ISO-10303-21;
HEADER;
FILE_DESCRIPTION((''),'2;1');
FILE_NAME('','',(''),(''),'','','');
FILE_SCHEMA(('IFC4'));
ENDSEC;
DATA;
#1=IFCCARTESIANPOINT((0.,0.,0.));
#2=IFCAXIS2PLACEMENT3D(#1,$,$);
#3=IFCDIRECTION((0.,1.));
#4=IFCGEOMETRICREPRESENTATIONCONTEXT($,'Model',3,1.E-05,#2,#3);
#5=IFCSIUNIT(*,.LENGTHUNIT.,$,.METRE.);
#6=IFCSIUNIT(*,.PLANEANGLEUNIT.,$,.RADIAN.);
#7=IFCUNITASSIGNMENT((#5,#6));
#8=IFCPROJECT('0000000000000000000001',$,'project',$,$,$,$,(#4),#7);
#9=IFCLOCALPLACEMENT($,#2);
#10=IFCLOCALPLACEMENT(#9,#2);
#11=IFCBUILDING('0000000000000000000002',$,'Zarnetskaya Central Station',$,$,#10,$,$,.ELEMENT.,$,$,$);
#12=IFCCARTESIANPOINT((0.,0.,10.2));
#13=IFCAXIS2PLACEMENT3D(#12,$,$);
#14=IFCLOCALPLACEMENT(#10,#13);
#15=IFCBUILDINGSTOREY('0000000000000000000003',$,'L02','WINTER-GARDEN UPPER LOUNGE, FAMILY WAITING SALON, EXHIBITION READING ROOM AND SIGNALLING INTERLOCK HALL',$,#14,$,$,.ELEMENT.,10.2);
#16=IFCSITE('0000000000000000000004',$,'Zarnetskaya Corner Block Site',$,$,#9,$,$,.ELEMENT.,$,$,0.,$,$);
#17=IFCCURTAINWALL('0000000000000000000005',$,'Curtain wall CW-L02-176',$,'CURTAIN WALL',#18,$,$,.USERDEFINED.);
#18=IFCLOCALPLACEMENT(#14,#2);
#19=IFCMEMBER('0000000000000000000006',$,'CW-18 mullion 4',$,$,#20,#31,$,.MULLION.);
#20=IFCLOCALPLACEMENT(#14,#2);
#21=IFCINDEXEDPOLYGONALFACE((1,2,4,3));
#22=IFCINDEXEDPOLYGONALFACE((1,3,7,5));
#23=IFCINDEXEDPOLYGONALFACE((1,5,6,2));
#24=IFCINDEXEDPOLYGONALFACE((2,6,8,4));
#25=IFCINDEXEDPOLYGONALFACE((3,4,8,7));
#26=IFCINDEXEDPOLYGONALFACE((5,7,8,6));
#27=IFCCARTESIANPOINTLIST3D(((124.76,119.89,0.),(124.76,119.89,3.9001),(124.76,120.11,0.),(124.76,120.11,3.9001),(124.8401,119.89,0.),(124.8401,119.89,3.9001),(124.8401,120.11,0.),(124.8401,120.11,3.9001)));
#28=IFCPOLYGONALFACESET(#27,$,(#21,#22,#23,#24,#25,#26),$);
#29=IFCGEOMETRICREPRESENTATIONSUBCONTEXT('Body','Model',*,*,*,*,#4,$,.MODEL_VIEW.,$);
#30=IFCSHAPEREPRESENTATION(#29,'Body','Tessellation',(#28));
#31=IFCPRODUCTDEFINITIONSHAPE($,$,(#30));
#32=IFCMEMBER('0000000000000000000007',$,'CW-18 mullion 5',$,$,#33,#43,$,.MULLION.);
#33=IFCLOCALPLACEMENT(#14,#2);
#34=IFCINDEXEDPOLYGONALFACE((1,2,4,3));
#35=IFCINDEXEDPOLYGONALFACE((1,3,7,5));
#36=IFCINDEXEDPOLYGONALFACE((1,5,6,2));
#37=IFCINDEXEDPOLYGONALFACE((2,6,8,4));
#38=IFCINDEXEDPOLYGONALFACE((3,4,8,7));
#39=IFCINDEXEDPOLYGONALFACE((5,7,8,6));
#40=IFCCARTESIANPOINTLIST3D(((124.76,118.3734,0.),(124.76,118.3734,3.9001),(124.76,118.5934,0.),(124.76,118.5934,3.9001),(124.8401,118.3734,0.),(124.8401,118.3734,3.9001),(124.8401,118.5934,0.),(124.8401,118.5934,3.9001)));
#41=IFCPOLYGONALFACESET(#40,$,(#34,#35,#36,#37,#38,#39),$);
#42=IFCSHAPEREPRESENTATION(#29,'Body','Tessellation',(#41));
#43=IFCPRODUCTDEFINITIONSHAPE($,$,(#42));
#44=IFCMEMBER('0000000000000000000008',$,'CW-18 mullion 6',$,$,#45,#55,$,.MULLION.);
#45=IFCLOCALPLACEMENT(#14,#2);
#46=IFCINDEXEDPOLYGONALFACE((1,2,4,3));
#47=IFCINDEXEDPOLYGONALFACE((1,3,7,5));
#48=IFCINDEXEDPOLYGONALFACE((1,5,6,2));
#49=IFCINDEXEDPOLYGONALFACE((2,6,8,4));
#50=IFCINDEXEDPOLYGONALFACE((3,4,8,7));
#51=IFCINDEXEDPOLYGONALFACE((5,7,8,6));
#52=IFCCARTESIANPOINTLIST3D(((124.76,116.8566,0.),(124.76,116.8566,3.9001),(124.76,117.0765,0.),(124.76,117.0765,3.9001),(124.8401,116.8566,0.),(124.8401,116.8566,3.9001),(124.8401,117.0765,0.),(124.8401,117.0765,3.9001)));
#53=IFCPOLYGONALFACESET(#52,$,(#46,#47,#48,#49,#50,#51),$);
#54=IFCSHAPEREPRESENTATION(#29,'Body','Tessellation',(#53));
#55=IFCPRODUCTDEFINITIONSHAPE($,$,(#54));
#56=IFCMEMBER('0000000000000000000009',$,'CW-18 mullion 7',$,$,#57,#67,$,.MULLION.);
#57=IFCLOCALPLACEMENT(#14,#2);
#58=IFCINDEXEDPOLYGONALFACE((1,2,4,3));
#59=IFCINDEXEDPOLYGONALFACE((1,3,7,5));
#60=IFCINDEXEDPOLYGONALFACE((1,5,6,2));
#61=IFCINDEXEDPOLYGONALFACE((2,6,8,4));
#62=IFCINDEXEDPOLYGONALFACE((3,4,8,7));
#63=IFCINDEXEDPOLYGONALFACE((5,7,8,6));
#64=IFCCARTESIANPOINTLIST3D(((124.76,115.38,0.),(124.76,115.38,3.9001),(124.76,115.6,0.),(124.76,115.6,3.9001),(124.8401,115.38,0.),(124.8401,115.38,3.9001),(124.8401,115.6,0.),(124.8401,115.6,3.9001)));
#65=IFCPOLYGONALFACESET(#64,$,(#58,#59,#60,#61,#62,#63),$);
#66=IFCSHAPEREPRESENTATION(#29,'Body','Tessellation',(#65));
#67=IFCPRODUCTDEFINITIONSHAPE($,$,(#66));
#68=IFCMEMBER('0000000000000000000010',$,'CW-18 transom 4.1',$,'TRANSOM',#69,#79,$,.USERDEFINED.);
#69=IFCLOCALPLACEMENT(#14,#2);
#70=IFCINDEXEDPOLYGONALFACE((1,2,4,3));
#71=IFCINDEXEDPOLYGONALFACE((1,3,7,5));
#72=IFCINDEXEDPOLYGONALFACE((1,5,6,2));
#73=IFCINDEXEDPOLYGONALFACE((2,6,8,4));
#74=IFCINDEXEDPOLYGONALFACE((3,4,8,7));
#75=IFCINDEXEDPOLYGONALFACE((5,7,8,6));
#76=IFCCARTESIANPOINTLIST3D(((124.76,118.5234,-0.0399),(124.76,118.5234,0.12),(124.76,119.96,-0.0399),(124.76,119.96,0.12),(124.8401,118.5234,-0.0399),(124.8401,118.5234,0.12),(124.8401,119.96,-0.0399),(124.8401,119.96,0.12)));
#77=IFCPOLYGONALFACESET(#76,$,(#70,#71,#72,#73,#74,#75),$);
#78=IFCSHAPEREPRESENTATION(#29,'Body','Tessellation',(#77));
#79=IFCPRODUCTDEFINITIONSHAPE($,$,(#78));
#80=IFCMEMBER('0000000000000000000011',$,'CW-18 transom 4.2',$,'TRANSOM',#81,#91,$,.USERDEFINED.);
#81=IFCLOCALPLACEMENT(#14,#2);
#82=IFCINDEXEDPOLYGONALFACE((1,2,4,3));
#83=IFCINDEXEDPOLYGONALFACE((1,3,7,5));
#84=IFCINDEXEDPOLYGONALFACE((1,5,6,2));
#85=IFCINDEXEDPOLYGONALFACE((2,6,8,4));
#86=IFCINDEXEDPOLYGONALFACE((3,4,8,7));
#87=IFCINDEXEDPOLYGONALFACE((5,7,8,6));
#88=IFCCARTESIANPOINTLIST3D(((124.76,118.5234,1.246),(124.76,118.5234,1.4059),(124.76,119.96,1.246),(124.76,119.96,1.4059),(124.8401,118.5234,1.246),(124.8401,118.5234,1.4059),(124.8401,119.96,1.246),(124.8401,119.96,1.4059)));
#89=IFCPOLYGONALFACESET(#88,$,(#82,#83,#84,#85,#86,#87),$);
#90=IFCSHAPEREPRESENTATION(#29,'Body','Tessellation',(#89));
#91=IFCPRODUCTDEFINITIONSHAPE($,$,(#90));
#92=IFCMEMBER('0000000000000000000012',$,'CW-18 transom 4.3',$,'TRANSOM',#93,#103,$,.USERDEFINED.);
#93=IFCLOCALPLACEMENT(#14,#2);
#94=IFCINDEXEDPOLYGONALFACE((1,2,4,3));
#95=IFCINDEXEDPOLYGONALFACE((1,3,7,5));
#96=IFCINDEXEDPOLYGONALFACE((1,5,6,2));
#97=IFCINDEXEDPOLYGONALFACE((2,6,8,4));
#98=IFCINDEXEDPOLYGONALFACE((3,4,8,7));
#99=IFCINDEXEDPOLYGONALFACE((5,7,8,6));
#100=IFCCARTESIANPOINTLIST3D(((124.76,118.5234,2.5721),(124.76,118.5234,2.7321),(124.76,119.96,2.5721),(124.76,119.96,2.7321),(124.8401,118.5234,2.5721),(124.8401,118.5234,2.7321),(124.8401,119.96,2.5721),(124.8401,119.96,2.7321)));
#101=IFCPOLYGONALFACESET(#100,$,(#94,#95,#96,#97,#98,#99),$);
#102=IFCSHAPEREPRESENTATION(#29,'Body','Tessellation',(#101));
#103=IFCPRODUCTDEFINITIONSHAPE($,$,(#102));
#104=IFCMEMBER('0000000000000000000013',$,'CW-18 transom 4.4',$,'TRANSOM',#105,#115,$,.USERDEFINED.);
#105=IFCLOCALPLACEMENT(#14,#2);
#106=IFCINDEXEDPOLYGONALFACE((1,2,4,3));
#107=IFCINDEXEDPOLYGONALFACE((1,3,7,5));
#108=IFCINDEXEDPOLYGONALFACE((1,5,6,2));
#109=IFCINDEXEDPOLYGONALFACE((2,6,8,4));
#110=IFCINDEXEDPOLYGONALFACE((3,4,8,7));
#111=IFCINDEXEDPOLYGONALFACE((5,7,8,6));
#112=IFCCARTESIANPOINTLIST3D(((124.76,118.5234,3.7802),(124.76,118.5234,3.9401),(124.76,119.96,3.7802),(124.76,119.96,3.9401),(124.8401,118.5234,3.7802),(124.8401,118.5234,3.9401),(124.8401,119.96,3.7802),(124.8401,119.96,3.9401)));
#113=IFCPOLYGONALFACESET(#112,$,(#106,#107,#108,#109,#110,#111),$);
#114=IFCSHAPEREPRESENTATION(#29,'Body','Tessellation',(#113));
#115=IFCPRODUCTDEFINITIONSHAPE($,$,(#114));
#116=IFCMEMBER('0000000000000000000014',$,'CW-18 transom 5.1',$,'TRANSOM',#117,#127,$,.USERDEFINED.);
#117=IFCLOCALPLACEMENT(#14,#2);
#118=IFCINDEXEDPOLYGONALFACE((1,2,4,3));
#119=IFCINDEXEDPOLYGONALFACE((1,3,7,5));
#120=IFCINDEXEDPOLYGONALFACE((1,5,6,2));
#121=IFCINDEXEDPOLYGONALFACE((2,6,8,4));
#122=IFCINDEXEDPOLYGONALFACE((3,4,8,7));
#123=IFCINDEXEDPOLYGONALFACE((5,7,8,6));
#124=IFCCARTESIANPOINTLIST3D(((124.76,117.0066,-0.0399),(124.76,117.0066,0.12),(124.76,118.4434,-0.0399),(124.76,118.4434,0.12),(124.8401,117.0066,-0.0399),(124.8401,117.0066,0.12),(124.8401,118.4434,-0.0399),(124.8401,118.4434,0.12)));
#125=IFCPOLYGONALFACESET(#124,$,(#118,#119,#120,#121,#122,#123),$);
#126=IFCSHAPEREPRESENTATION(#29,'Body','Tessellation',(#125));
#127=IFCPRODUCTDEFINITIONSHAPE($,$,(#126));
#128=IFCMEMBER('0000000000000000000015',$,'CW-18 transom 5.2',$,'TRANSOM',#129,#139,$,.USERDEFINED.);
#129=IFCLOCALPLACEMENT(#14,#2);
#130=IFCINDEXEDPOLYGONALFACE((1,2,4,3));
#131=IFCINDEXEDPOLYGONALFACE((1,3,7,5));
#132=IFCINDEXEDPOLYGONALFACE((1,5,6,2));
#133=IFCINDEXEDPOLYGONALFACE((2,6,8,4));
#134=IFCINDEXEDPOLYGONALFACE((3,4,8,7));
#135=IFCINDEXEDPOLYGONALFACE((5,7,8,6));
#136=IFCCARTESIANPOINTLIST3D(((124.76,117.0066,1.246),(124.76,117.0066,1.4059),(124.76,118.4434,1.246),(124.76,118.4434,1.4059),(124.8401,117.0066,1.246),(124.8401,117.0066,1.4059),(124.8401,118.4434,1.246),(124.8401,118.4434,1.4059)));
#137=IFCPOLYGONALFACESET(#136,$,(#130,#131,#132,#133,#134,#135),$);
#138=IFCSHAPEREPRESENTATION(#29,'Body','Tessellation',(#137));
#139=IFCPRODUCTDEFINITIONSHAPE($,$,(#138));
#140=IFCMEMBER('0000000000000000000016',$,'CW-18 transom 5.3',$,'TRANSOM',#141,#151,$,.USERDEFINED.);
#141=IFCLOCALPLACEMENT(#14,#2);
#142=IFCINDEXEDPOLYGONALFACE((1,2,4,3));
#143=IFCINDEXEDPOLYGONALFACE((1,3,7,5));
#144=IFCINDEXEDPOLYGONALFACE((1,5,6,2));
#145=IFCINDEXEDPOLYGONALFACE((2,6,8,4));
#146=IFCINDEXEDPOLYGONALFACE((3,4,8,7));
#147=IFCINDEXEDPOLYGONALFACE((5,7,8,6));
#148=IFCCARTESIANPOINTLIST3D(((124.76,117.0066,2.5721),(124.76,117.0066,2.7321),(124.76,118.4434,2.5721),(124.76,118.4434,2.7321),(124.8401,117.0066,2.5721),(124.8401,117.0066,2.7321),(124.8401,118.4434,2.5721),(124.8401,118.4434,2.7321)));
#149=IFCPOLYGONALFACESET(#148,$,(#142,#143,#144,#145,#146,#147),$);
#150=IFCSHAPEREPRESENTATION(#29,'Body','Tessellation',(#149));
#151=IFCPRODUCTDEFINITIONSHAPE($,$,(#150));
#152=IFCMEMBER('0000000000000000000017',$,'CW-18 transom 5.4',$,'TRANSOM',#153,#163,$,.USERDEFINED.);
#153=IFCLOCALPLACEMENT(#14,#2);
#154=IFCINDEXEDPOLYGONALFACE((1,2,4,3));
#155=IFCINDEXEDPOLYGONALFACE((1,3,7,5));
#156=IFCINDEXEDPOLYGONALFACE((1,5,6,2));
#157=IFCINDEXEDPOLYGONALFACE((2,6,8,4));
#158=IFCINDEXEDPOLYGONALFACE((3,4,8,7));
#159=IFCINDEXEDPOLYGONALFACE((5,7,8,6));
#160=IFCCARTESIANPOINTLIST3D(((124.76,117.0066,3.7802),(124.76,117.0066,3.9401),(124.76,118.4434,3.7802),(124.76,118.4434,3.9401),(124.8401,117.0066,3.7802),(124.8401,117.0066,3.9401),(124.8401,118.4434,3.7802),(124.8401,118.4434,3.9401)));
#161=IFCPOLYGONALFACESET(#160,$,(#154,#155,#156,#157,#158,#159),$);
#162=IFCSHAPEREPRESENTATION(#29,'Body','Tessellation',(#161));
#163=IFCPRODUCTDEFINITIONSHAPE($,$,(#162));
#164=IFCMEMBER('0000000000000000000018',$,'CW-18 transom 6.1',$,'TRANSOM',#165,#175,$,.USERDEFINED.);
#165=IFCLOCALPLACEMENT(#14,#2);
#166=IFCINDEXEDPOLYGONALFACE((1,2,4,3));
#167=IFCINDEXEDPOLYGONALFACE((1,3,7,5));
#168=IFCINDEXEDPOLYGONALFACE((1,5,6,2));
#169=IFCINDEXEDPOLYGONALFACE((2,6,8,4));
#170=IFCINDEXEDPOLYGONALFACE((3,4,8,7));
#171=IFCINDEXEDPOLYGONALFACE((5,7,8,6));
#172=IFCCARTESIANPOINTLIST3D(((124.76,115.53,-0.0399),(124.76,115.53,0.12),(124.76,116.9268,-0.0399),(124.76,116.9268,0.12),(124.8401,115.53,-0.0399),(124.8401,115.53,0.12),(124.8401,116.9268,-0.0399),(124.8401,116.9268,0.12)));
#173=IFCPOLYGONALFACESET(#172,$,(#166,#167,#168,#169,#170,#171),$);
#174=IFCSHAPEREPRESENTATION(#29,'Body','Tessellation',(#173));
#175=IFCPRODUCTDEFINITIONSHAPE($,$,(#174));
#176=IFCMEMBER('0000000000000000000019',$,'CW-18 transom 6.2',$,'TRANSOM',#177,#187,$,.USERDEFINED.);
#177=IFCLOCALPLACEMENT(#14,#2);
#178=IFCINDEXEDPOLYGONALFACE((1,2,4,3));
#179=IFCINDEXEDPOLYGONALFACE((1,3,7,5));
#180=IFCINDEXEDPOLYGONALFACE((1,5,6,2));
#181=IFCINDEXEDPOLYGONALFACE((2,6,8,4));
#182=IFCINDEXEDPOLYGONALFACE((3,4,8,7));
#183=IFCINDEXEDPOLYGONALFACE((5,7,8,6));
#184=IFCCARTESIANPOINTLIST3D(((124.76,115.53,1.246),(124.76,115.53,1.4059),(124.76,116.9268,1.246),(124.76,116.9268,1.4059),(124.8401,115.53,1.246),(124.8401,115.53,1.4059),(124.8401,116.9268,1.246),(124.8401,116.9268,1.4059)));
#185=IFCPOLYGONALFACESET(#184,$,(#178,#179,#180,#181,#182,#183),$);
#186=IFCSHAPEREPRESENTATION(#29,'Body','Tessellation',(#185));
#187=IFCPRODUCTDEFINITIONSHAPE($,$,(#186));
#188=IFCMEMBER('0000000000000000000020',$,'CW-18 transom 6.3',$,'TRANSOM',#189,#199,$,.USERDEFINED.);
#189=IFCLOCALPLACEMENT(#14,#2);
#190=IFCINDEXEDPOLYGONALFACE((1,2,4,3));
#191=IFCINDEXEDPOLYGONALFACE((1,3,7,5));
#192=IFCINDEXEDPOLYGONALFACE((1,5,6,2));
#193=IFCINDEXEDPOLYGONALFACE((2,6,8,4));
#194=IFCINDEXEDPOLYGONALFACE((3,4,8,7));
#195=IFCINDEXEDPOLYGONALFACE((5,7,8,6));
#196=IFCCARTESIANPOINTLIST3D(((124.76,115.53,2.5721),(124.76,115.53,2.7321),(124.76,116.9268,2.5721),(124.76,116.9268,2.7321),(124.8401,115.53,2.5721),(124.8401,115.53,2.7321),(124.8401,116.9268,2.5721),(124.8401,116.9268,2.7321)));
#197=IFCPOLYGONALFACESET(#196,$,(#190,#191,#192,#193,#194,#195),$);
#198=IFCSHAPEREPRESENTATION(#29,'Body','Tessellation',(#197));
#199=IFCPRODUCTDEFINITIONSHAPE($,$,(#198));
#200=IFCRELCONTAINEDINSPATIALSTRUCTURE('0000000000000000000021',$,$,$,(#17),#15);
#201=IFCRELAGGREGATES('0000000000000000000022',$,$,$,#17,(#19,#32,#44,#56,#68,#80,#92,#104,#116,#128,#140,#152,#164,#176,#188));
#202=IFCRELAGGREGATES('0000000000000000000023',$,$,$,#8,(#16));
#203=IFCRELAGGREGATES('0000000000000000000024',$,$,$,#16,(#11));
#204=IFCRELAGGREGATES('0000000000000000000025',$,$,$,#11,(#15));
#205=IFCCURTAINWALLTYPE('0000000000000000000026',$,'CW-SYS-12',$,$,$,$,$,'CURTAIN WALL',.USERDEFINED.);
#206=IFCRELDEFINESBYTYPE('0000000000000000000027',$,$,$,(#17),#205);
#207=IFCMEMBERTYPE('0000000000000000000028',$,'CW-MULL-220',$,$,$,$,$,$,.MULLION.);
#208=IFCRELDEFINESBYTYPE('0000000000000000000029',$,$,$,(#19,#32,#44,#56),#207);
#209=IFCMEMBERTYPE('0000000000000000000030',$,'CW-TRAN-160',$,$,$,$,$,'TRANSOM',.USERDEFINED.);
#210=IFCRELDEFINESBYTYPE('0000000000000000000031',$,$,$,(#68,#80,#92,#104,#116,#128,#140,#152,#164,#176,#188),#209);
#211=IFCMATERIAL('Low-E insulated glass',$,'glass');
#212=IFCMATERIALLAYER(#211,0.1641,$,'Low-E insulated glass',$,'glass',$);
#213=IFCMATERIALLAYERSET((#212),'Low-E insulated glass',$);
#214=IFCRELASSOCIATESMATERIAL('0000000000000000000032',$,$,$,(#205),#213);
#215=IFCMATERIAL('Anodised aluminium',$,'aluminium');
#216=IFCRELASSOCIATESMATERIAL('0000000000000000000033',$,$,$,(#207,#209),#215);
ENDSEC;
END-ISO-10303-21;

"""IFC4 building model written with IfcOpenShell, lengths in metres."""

from ifc_helpers import new_model, si_unit, direction, frame, origin, origin_2d, place, context, subcontext, project, spatial, rectangle, extrude, material, layer, layer_set, material_profile, profile_set, type_object, element, aggregate, save


model = new_model("IFC4")

# Units and contexts
model_context = context("Model", 3, precision=1e-05, world=origin(), true_north=direction((0.0, 1.0)))
body_context = subcontext(model_context, "Body", "Model", "MODEL_VIEW")
ifc_project = project(units=[si_unit("LENGTHUNIT", "METRE"), si_unit("PLANEANGLEUNIT", "RADIAN")], contexts=[model_context])

# Site, building, storey
site_placement = place(None, origin())
site = spatial("IfcSite", under=ifc_project, at=site_placement, Name="Zarnetskaya Corner Block Site", CompositionType="ELEMENT", RefElevation=0.0)
building_placement = place(site_placement, origin())
building = spatial("IfcBuilding", under=site, at=building_placement, Name="Zarnetskaya Central Station", CompositionType="ELEMENT")
storey_placement = place(building_placement, frame((0.0, 0.0, 10.2)))
storey = spatial("IfcBuildingStorey", under=building, at=storey_placement, Name="L02", Description="WINTER-GARDEN UPPER LOUNGE, FAMILY WAITING SALON, EXHIBITION READING ROOM AND SIGNALLING INTERLOCK HALL", CompositionType="ELEMENT", Elevation=10.2)

# Curtain wall, members
ifc_material_1 = material(Name="Low-E insulated glass", Category="glass")
ifc_layer_1 = layer(ifc_material_1, 0.1641, Name="Low-E insulated glass", Category="glass")
ifc_layer_set_1 = layer_set([ifc_layer_1], Name="Low-E insulated glass")
curtain_wall_type = type_object("IfcCurtainWallType", Name="CW-SYS-12", ElementType="CURTAIN WALL", PredefinedType="USERDEFINED", material=ifc_layer_set_1)
curtain_wall_placement = place(storey_placement, origin())
curtain_wall = element("IfcCurtainWall", 1, at=curtain_wall_placement, inside=storey, type_object=curtain_wall_type, Name="Curtain wall CW-L02-176", ObjectType="CURTAIN WALL", PredefinedType="USERDEFINED")
ifc_material_2 = material(Name="Anodised aluminium", Category="aluminium")
ifc_material_profile_1 = material_profile(ifc_material_2, rectangle(XDim=0.0801, YDim=0.22, at=origin_2d()), Name="ALU MULL 80x220")
ifc_profile_set_1 = profile_set([ifc_material_profile_1], Name="Anodised aluminium")
member_type_1 = type_object("IfcMemberType", Name="CW-MULL-220", PredefinedType="MULLION", material=ifc_profile_set_1)
member_1_placement = place(storey_placement, frame((124.8, 120.0, 0.0), z_axis=(0.0, 0.0, 1.0), x_axis=(1.0, 0.0, 0.0)))
member_1 = element("IfcMember", 2, at=member_1_placement, type_object=member_type_1, Name="CW-18 mullion 4", PredefinedType="MULLION", context=body_context, shape_type="SweptSolid", body=[
    extrude(rectangle(XDim=0.0801, YDim=0.22, at=origin_2d()), origin(), (0.0, 0.0, 1.0), 3.9001),
])
member_2_placement = place(storey_placement, frame((124.8, 118.4834, 0.0), z_axis=(0.0, 0.0, 1.0), x_axis=(1.0, 0.0, 0.0)))
member_2 = element("IfcMember", 3, at=member_2_placement, type_object=member_type_1, Name="CW-18 mullion 5", PredefinedType="MULLION", context=body_context, shape_type="SweptSolid", body=[
    extrude(rectangle(XDim=0.0801, YDim=0.22, at=origin_2d()), origin(), (0.0, 0.0, 1.0), 3.9001),
])
member_3_placement = place(storey_placement, frame((124.8, 116.9666, 0.0), z_axis=(0.0, 0.0, 1.0), x_axis=(1.0, 0.0, 0.0)))
member_3 = element("IfcMember", 4, at=member_3_placement, type_object=member_type_1, Name="CW-18 mullion 6", PredefinedType="MULLION", context=body_context, shape_type="SweptSolid", body=[
    extrude(rectangle(XDim=0.0801, YDim=0.22, at=origin_2d()), origin(), (0.0, 0.0, 1.0), 3.9001),
])
member_4_placement = place(storey_placement, frame((124.8, 115.49, 0.0), z_axis=(0.0, 0.0, 1.0), x_axis=(1.0, 0.0, 0.0)))
member_4 = element("IfcMember", 5, at=member_4_placement, type_object=member_type_1, Name="CW-18 mullion 7", PredefinedType="MULLION", context=body_context, shape_type="SweptSolid", body=[
    extrude(rectangle(XDim=0.0801, YDim=0.22, at=origin_2d()), origin(), (0.0, 0.0, 1.0), 3.9001),
])
ifc_material_profile_2 = material_profile(ifc_material_2, rectangle(XDim=0.0801, YDim=0.1599, at=origin_2d()), Name="ALU TRAN 80x160")
ifc_profile_set_2 = profile_set([ifc_material_profile_2], Name="Anodised aluminium")
member_type_2 = type_object("IfcMemberType", Name="CW-TRAN-160", ElementType="TRANSOM", PredefinedType="USERDEFINED", material=ifc_profile_set_2)
member_5_placement = place(storey_placement, frame((124.8, 119.96, 0.04), z_axis=(0.0, -1.0, 0.0), x_axis=(1.0, 0.0, 0.0)))
member_5 = element("IfcMember", 6, at=member_5_placement, type_object=member_type_2, Name="CW-18 transom 4.1", ObjectType="TRANSOM", PredefinedType="USERDEFINED", context=body_context, shape_type="SweptSolid", body=[
    extrude(rectangle(XDim=0.0801, YDim=0.1599, at=origin_2d()), origin(), (0.0, 0.0, 1.0), 1.4365),
])
member_6_placement = place(storey_placement, frame((124.8, 119.96, 1.3259), z_axis=(0.0, -1.0, 0.0), x_axis=(1.0, 0.0, 0.0)))
member_6 = element("IfcMember", 7, at=member_6_placement, type_object=member_type_2, Name="CW-18 transom 4.2", ObjectType="TRANSOM", PredefinedType="USERDEFINED", context=body_context, shape_type="SweptSolid", body=[
    extrude(rectangle(XDim=0.0801, YDim=0.1599, at=origin_2d()), origin(), (0.0, 0.0, 1.0), 1.4365),
])
member_7_placement = place(storey_placement, frame((124.8, 119.96, 2.6521), z_axis=(0.0, -1.0, 0.0), x_axis=(1.0, 0.0, 0.0)))
member_7 = element("IfcMember", 8, at=member_7_placement, type_object=member_type_2, Name="CW-18 transom 4.3", ObjectType="TRANSOM", PredefinedType="USERDEFINED", context=body_context, shape_type="SweptSolid", body=[
    extrude(rectangle(XDim=0.0801, YDim=0.1599, at=origin_2d()), origin(), (0.0, 0.0, 1.0), 1.4365),
])
member_8_placement = place(storey_placement, frame((124.8, 119.96, 3.8601), z_axis=(0.0, -1.0, 0.0), x_axis=(1.0, 0.0, 0.0)))
member_8 = element("IfcMember", 9, at=member_8_placement, type_object=member_type_2, Name="CW-18 transom 4.4", ObjectType="TRANSOM", PredefinedType="USERDEFINED", context=body_context, shape_type="SweptSolid", body=[
    extrude(rectangle(XDim=0.0801, YDim=0.1599, at=origin_2d()), origin(), (0.0, 0.0, 1.0), 1.4365),
])
member_9_placement = place(storey_placement, frame((124.8, 118.4434, 0.04), z_axis=(0.0, -1.0, 0.0), x_axis=(1.0, 0.0, 0.0)))
member_9 = element("IfcMember", 10, at=member_9_placement, type_object=member_type_2, Name="CW-18 transom 5.1", ObjectType="TRANSOM", PredefinedType="USERDEFINED", context=body_context, shape_type="SweptSolid", body=[
    extrude(rectangle(XDim=0.0801, YDim=0.1599, at=origin_2d()), origin(), (0.0, 0.0, 1.0), 1.4368),
])
member_10_placement = place(storey_placement, frame((124.8, 118.4434, 1.3259), z_axis=(0.0, -1.0, 0.0), x_axis=(1.0, 0.0, 0.0)))
member_10 = element("IfcMember", 11, at=member_10_placement, type_object=member_type_2, Name="CW-18 transom 5.2", ObjectType="TRANSOM", PredefinedType="USERDEFINED", context=body_context, shape_type="SweptSolid", body=[
    extrude(rectangle(XDim=0.0801, YDim=0.1599, at=origin_2d()), origin(), (0.0, 0.0, 1.0), 1.4368),
])
member_11_placement = place(storey_placement, frame((124.8, 118.4434, 2.6521), z_axis=(0.0, -1.0, 0.0), x_axis=(1.0, 0.0, 0.0)))
member_11 = element("IfcMember", 12, at=member_11_placement, type_object=member_type_2, Name="CW-18 transom 5.3", ObjectType="TRANSOM", PredefinedType="USERDEFINED", context=body_context, shape_type="SweptSolid", body=[
    extrude(rectangle(XDim=0.0801, YDim=0.1599, at=origin_2d()), origin(), (0.0, 0.0, 1.0), 1.4368),
])
member_12_placement = place(storey_placement, frame((124.8, 118.4434, 3.8601), z_axis=(0.0, -1.0, 0.0), x_axis=(1.0, 0.0, 0.0)))
member_12 = element("IfcMember", 13, at=member_12_placement, type_object=member_type_2, Name="CW-18 transom 5.4", ObjectType="TRANSOM", PredefinedType="USERDEFINED", context=body_context, shape_type="SweptSolid", body=[
    extrude(rectangle(XDim=0.0801, YDim=0.1599, at=origin_2d()), origin(), (0.0, 0.0, 1.0), 1.4368),
])
member_13_placement = place(storey_placement, frame((124.8, 116.9268, 0.04), z_axis=(0.0, -1.0, 0.0), x_axis=(1.0, 0.0, 0.0)))
member_13 = element("IfcMember", 14, at=member_13_placement, type_object=member_type_2, Name="CW-18 transom 6.1", ObjectType="TRANSOM", PredefinedType="USERDEFINED", context=body_context, shape_type="SweptSolid", body=[
    extrude(rectangle(XDim=0.0801, YDim=0.1599, at=origin_2d()), origin(), (0.0, 0.0, 1.0), 1.3967),
])
member_14_placement = place(storey_placement, frame((124.8, 116.9268, 1.3259), z_axis=(0.0, -1.0, 0.0), x_axis=(1.0, 0.0, 0.0)))
member_14 = element("IfcMember", 15, at=member_14_placement, type_object=member_type_2, Name="CW-18 transom 6.2", ObjectType="TRANSOM", PredefinedType="USERDEFINED", context=body_context, shape_type="SweptSolid", body=[
    extrude(rectangle(XDim=0.0801, YDim=0.1599, at=origin_2d()), origin(), (0.0, 0.0, 1.0), 1.3967),
])
member_15_placement = place(storey_placement, frame((124.8, 116.9268, 2.6521), z_axis=(0.0, -1.0, 0.0), x_axis=(1.0, 0.0, 0.0)))
member_15 = element("IfcMember", 16, at=member_15_placement, type_object=member_type_2, Name="CW-18 transom 6.3", ObjectType="TRANSOM", PredefinedType="USERDEFINED", context=body_context, shape_type="SweptSolid", body=[
    extrude(rectangle(XDim=0.0801, YDim=0.1599, at=origin_2d()), origin(), (0.0, 0.0, 1.0), 1.3967),
])
aggregate(curtain_wall, [member_1, member_2, member_3, member_4, member_5, member_6, member_7, member_8, member_9, member_10, member_11, member_12, member_13, member_14, member_15])

save(model, "model.ifc")
